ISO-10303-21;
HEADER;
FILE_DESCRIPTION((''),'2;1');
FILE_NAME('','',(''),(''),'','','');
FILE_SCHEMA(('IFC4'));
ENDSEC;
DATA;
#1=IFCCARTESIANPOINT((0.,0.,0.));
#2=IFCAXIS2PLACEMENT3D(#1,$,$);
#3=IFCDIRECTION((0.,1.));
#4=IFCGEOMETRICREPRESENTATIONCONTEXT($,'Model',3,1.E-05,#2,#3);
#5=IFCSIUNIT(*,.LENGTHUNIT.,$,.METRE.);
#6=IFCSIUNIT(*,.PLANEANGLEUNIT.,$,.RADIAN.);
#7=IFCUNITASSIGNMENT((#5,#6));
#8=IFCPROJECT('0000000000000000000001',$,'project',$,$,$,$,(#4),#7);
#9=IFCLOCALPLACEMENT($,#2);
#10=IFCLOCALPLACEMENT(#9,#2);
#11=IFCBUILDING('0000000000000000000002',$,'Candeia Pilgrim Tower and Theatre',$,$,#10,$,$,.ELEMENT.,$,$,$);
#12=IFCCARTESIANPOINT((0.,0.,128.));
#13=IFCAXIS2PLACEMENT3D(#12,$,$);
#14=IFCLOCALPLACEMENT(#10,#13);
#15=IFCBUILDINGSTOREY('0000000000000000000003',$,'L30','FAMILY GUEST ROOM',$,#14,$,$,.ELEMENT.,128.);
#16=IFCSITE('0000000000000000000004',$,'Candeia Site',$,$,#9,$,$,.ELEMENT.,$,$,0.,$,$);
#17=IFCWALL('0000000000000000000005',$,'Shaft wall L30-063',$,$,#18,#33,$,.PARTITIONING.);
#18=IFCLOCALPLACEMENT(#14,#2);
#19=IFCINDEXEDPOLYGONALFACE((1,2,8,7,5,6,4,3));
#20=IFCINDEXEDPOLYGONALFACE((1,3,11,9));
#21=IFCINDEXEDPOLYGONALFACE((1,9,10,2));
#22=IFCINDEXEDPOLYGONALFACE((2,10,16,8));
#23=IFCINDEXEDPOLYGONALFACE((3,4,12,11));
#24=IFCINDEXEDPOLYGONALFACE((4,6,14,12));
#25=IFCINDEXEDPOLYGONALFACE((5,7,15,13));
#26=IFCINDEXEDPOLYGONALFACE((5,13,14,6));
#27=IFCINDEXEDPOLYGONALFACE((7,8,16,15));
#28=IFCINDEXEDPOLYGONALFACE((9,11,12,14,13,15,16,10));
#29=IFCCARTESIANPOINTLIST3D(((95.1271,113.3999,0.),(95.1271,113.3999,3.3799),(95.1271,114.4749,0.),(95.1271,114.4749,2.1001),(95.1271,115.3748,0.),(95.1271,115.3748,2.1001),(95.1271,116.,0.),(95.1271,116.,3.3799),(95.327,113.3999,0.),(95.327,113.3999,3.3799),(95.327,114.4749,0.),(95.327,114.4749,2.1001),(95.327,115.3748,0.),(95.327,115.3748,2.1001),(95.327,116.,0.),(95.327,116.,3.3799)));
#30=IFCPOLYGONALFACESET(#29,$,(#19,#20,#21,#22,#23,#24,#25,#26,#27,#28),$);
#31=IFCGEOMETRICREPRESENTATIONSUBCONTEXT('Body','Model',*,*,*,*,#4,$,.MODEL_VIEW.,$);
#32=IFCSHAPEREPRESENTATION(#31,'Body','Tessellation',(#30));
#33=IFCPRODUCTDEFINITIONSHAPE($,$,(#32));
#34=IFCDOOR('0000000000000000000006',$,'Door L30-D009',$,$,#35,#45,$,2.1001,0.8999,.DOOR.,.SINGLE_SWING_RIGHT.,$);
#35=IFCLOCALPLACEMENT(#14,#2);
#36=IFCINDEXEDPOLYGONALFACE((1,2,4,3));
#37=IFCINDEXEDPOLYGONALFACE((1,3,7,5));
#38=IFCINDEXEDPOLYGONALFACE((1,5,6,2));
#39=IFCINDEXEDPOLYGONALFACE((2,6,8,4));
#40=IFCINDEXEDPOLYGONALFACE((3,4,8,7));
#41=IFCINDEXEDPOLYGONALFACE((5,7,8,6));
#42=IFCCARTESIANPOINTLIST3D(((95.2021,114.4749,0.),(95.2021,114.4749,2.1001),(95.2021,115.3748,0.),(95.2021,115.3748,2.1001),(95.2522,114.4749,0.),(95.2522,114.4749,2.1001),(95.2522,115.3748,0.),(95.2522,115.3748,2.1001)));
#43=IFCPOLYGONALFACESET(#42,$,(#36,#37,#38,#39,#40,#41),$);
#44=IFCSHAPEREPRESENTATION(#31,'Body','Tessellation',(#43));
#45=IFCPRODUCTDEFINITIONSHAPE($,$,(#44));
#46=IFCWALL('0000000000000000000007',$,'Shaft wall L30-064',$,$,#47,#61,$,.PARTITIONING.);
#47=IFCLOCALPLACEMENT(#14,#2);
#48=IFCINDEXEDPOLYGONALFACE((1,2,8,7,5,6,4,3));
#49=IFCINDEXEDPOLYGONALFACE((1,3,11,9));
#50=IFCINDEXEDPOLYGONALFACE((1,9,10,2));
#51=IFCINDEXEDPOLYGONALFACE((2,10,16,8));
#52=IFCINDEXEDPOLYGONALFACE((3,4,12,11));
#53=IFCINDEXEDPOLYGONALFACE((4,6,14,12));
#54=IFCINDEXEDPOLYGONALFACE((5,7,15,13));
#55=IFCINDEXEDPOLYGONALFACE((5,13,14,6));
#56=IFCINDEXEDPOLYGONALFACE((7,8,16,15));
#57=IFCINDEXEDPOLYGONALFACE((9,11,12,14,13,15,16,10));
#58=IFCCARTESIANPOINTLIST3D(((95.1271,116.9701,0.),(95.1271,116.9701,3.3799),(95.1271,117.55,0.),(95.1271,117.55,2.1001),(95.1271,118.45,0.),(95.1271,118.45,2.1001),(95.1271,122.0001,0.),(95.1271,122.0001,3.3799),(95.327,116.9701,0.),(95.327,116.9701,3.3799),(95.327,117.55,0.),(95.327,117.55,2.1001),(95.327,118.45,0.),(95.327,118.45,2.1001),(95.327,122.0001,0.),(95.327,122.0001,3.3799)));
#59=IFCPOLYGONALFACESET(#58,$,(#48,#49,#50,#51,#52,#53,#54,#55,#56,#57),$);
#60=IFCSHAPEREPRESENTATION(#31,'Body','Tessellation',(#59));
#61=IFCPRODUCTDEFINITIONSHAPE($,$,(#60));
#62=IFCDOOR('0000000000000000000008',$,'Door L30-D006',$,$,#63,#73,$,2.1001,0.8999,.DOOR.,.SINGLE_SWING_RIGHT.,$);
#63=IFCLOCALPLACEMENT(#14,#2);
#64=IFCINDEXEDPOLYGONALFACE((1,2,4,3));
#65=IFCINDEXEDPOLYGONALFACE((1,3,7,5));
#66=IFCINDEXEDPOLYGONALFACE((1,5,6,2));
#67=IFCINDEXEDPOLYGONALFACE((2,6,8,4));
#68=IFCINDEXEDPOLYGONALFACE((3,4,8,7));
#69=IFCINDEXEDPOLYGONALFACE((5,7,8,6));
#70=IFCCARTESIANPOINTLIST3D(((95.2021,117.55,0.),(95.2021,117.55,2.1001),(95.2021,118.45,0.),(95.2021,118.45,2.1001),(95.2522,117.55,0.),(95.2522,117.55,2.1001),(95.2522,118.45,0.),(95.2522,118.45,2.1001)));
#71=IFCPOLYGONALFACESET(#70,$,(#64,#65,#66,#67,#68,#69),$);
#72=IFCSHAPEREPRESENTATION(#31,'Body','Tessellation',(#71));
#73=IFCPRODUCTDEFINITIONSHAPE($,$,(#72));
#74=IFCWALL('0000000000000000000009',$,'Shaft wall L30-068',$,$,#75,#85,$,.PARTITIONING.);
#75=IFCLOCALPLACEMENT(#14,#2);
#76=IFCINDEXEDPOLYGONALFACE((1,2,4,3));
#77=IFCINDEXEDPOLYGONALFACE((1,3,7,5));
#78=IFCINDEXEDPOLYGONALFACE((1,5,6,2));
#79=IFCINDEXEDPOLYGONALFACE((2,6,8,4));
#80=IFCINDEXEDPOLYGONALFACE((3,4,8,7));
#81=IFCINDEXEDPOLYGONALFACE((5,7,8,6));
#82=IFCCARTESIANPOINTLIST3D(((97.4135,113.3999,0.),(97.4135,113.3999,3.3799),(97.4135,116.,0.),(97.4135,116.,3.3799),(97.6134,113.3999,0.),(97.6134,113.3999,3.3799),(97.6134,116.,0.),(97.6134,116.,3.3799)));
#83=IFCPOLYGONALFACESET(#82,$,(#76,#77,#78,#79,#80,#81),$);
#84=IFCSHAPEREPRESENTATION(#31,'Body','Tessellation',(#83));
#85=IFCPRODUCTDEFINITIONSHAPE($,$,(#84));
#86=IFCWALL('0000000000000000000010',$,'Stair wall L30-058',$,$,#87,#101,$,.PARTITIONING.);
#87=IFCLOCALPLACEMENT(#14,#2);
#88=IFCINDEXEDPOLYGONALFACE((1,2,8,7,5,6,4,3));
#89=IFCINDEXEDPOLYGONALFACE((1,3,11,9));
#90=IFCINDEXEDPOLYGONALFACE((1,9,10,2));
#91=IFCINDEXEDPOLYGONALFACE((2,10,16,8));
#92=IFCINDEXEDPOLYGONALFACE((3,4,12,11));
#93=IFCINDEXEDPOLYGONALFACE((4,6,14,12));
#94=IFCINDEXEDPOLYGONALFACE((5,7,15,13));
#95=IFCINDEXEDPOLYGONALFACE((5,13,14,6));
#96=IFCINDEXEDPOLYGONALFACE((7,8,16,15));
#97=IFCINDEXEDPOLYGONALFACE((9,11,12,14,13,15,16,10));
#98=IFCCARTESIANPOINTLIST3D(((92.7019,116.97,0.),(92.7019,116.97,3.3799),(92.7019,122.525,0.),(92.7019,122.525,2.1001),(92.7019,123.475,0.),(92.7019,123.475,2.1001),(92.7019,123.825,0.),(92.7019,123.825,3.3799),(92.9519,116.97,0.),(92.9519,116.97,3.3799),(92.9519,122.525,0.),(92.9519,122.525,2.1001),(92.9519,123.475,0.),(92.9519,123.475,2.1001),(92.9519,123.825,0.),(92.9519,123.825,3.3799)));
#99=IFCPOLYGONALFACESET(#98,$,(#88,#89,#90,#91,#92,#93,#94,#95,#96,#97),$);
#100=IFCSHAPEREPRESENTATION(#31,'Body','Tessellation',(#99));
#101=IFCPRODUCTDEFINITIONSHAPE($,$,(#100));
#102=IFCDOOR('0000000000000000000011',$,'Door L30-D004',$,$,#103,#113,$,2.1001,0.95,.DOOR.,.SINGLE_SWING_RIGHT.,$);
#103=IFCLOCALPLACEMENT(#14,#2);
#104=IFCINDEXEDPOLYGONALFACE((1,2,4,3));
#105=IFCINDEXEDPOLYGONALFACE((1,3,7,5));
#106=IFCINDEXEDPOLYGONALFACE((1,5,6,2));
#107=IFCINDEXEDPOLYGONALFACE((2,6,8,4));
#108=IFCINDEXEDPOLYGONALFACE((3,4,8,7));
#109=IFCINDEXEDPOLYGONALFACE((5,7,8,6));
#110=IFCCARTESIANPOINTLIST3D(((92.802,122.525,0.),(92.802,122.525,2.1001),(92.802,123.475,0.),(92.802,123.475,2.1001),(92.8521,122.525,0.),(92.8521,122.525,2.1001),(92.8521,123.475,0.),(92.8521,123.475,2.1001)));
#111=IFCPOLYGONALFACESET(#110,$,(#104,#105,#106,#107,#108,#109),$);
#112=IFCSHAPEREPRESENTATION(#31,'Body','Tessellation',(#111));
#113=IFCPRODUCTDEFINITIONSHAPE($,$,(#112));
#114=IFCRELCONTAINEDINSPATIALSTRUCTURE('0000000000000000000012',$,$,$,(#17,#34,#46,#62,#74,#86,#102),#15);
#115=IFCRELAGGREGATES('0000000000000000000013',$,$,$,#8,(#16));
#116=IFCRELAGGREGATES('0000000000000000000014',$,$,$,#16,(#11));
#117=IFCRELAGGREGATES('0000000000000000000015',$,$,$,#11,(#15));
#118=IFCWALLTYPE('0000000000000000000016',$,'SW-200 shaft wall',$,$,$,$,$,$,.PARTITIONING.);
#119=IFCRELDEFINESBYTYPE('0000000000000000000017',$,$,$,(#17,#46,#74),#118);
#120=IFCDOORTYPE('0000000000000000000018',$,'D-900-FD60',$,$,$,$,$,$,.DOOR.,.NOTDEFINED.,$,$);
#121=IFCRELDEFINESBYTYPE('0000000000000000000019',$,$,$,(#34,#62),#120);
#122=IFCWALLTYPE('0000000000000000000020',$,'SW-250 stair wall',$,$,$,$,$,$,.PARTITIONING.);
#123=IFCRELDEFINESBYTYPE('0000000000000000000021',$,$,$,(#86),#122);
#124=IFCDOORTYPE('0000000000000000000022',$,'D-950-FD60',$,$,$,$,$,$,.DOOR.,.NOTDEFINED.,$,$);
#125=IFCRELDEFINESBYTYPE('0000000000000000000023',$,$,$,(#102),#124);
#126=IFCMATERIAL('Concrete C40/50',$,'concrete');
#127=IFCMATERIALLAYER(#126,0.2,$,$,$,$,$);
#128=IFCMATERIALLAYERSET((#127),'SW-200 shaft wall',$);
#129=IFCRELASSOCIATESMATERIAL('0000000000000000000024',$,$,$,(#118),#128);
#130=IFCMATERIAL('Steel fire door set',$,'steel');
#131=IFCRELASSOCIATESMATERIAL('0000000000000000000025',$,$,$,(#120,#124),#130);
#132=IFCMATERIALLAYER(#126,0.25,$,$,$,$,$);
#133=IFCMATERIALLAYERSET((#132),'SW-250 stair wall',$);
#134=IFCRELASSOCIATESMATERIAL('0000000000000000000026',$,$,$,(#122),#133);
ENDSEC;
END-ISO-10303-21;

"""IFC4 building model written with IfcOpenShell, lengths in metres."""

from ifc_helpers import new_model, si_unit, direction, frame, frame_2d, origin, place, context, subcontext, project, spatial, rectangle, extrude, material, layer, layer_set, type_object, element, fill, save


model = new_model("IFC4")

# Units and contexts
model_context = context("Model", 3, precision=1e-05, world=origin(), true_north=direction((0.0, 1.0)))
body_context = subcontext(model_context, "Body", "Model", "MODEL_VIEW")
ifc_project = project(units=[si_unit("LENGTHUNIT", "METRE"), si_unit("PLANEANGLEUNIT", "RADIAN")], contexts=[model_context])

# Site, building, storey
site_placement = place(None, origin())
site = spatial("IfcSite", under=ifc_project, at=site_placement, Name="Candeia Site", CompositionType="ELEMENT", RefElevation=0.0)
building_placement = place(site_placement, origin())
building = spatial("IfcBuilding", under=site, at=building_placement, Name="Candeia Pilgrim Tower and Theatre", CompositionType="ELEMENT")
storey_placement = place(building_placement, frame((0.0, 0.0, 128.0)))
storey = spatial("IfcBuildingStorey", under=building, at=storey_placement, Name="L30", Description="FAMILY GUEST ROOM", CompositionType="ELEMENT", Elevation=128.0)

# Shared definitions
ifc_material_1 = material(Name="Steel fire door set", Category="steel")

# Shared definitions
ifc_material_2 = material(Name="Concrete C40/50", Category="concrete")
ifc_layer_1 = layer(ifc_material_2, 0.2)
ifc_layer_set_1 = layer_set([ifc_layer_1], Name="SW-200 shaft wall")
wall_type_1 = type_object("IfcWallType", Name="SW-200 shaft wall", PredefinedType="PARTITIONING", material=ifc_layer_set_1)

# Walls, openings, doors
wall_1_placement = place(storey_placement, frame((95.2271, 113.3999, 0.0), z_axis=(0.0, 0.0, 1.0), x_axis=(0.0, 1.0, 0.0)))
wall_1 = element("IfcWall", 1, at=wall_1_placement, inside=storey, type_object=wall_type_1, Name="Shaft wall L30-063", PredefinedType="PARTITIONING", context=body_context, shape_type="SweptSolid", body=[
    extrude(rectangle(XDim=2.6001, YDim=0.2, at=frame_2d((1.3, 0.0))), origin(), (0.0, 0.0, 1.0), 3.3799),
])
opening_1_placement = place(wall_1_placement, frame((1.075, 0.0, 0.0)))
opening_1 = element("IfcOpeningElement", 2, at=opening_1_placement, cuts=wall_1, PredefinedType="OPENING", context=body_context, shape_type="SweptSolid", body=[
    extrude(rectangle(XDim=0.8999, YDim=2.1001, at=frame_2d((0.45, 1.05))), frame((0.0, 0.1099, 0.0), z_axis=(0.0, -1.0, 0.0), x_axis=(1.0, 0.0, 0.0)), (0.0, 0.0, 1.0), 0.22),
])
door_type_1 = type_object("IfcDoorType", Name="D-900-FD60", OperationType="NOTDEFINED", PredefinedType="DOOR", material=ifc_material_1)
door_1_placement = place(opening_1_placement, origin())
door_1 = element("IfcDoor", 3, at=door_1_placement, inside=storey, type_object=door_type_1, Name="Door L30-D009", OperationType="SINGLE_SWING_RIGHT", OverallHeight=2.1001, OverallWidth=0.8999, PredefinedType="DOOR", context=body_context, shape_type="SweptSolid", body=[
    extrude(rectangle(XDim=0.8999, YDim=2.1001, at=frame_2d((0.45, 1.05))), frame((0.0, 0.0249, 0.0), z_axis=(0.0, -1.0, 0.0), x_axis=(1.0, 0.0, 0.0)), (0.0, 0.0, 1.0), 0.05),
])
fill(opening_1, door_1)
wall_2_placement = place(storey_placement, frame((95.2271, 116.97, 0.0), z_axis=(0.0, 0.0, 1.0), x_axis=(0.0, 1.0, 0.0)))
wall_2 = element("IfcWall", 4, at=wall_2_placement, inside=storey, type_object=wall_type_1, Name="Shaft wall L30-064", PredefinedType="PARTITIONING", context=body_context, shape_type="SweptSolid", body=[
    extrude(rectangle(XDim=5.03, YDim=0.2, at=frame_2d((2.5151, 0.0))), origin(), (0.0, 0.0, 1.0), 3.3799),
])
opening_2_placement = place(wall_2_placement, frame((0.5801, 0.0, 0.0)))
opening_2 = element("IfcOpeningElement", 5, at=opening_2_placement, cuts=wall_2, PredefinedType="OPENING", context=body_context, shape_type="SweptSolid", body=[
    extrude(rectangle(XDim=0.8999, YDim=2.1001, at=frame_2d((0.45, 1.05))), frame((0.0, 0.1099, 0.0), z_axis=(0.0, -1.0, 0.0), x_axis=(1.0, 0.0, 0.0)), (0.0, 0.0, 1.0), 0.22),
])
door_2_placement = place(opening_2_placement, origin())
door_2 = element("IfcDoor", 6, at=door_2_placement, inside=storey, type_object=door_type_1, Name="Door L30-D006", OperationType="SINGLE_SWING_RIGHT", OverallHeight=2.1001, OverallWidth=0.8999, PredefinedType="DOOR", context=body_context, shape_type="SweptSolid", body=[
    extrude(rectangle(XDim=0.8999, YDim=2.1001, at=frame_2d((0.45, 1.05))), frame((0.0, 0.0249, 0.0), z_axis=(0.0, -1.0, 0.0), x_axis=(1.0, 0.0, 0.0)), (0.0, 0.0, 1.0), 0.05),
])
fill(opening_2, door_2)

# Wall
wall_3_placement = place(storey_placement, frame((97.5134, 113.3999, 0.0), z_axis=(0.0, 0.0, 1.0), x_axis=(0.0, 1.0, 0.0)))
element("IfcWall", 7, at=wall_3_placement, inside=storey, type_object=wall_type_1, Name="Shaft wall L30-068", PredefinedType="PARTITIONING", context=body_context, shape_type="SweptSolid", body=[
    extrude(rectangle(XDim=2.6001, YDim=0.2, at=frame_2d((1.3, 0.0))), origin(), (0.0, 0.0, 1.0), 3.3799),
])

# Wall, opening, door
ifc_layer_2 = layer(ifc_material_2, 0.25)
ifc_layer_set_2 = layer_set([ifc_layer_2], Name="SW-250 stair wall")
wall_type_2 = type_object("IfcWallType", Name="SW-250 stair wall", PredefinedType="PARTITIONING", material=ifc_layer_set_2)
wall_4_placement = place(storey_placement, frame((92.8269, 116.97, 0.0), z_axis=(0.0, 0.0, 1.0), x_axis=(0.0, 1.0, 0.0)))
wall_4 = element("IfcWall", 8, at=wall_4_placement, inside=storey, type_object=wall_type_2, Name="Stair wall L30-058", PredefinedType="PARTITIONING", context=body_context, shape_type="SweptSolid", body=[
    extrude(rectangle(XDim=6.855, YDim=0.25, at=frame_2d((3.4275, 0.0))), origin(), (0.0, 0.0, 1.0), 3.3799),
])
opening_3_placement = place(wall_4_placement, frame((5.5549, 0.0, 0.0)))
opening_3 = element("IfcOpeningElement", 9, at=opening_3_placement, cuts=wall_4, PredefinedType="OPENING", context=body_context, shape_type="SweptSolid", body=[
    extrude(rectangle(XDim=0.95, YDim=2.1001, at=frame_2d((0.4751, 1.05))), frame((0.0, 0.135, 0.0), z_axis=(0.0, -1.0, 0.0), x_axis=(1.0, 0.0, 0.0)), (0.0, 0.0, 1.0), 0.27),
])
door_type_2 = type_object("IfcDoorType", Name="D-950-FD60", OperationType="NOTDEFINED", PredefinedType="DOOR", material=ifc_material_1)
door_3_placement = place(opening_3_placement, origin())
door_3 = element("IfcDoor", 10, at=door_3_placement, inside=storey, type_object=door_type_2, Name="Door L30-D004", OperationType="SINGLE_SWING_RIGHT", OverallHeight=2.1001, OverallWidth=0.95, PredefinedType="DOOR", context=body_context, shape_type="SweptSolid", body=[
    extrude(rectangle(XDim=0.95, YDim=2.1001, at=frame_2d((0.4751, 1.05))), frame((0.0, 0.0249, 0.0), z_axis=(0.0, -1.0, 0.0), x_axis=(1.0, 0.0, 0.0)), (0.0, 0.0, 1.0), 0.05),
])
fill(opening_3, door_3)

save(model, "model.ifc")
